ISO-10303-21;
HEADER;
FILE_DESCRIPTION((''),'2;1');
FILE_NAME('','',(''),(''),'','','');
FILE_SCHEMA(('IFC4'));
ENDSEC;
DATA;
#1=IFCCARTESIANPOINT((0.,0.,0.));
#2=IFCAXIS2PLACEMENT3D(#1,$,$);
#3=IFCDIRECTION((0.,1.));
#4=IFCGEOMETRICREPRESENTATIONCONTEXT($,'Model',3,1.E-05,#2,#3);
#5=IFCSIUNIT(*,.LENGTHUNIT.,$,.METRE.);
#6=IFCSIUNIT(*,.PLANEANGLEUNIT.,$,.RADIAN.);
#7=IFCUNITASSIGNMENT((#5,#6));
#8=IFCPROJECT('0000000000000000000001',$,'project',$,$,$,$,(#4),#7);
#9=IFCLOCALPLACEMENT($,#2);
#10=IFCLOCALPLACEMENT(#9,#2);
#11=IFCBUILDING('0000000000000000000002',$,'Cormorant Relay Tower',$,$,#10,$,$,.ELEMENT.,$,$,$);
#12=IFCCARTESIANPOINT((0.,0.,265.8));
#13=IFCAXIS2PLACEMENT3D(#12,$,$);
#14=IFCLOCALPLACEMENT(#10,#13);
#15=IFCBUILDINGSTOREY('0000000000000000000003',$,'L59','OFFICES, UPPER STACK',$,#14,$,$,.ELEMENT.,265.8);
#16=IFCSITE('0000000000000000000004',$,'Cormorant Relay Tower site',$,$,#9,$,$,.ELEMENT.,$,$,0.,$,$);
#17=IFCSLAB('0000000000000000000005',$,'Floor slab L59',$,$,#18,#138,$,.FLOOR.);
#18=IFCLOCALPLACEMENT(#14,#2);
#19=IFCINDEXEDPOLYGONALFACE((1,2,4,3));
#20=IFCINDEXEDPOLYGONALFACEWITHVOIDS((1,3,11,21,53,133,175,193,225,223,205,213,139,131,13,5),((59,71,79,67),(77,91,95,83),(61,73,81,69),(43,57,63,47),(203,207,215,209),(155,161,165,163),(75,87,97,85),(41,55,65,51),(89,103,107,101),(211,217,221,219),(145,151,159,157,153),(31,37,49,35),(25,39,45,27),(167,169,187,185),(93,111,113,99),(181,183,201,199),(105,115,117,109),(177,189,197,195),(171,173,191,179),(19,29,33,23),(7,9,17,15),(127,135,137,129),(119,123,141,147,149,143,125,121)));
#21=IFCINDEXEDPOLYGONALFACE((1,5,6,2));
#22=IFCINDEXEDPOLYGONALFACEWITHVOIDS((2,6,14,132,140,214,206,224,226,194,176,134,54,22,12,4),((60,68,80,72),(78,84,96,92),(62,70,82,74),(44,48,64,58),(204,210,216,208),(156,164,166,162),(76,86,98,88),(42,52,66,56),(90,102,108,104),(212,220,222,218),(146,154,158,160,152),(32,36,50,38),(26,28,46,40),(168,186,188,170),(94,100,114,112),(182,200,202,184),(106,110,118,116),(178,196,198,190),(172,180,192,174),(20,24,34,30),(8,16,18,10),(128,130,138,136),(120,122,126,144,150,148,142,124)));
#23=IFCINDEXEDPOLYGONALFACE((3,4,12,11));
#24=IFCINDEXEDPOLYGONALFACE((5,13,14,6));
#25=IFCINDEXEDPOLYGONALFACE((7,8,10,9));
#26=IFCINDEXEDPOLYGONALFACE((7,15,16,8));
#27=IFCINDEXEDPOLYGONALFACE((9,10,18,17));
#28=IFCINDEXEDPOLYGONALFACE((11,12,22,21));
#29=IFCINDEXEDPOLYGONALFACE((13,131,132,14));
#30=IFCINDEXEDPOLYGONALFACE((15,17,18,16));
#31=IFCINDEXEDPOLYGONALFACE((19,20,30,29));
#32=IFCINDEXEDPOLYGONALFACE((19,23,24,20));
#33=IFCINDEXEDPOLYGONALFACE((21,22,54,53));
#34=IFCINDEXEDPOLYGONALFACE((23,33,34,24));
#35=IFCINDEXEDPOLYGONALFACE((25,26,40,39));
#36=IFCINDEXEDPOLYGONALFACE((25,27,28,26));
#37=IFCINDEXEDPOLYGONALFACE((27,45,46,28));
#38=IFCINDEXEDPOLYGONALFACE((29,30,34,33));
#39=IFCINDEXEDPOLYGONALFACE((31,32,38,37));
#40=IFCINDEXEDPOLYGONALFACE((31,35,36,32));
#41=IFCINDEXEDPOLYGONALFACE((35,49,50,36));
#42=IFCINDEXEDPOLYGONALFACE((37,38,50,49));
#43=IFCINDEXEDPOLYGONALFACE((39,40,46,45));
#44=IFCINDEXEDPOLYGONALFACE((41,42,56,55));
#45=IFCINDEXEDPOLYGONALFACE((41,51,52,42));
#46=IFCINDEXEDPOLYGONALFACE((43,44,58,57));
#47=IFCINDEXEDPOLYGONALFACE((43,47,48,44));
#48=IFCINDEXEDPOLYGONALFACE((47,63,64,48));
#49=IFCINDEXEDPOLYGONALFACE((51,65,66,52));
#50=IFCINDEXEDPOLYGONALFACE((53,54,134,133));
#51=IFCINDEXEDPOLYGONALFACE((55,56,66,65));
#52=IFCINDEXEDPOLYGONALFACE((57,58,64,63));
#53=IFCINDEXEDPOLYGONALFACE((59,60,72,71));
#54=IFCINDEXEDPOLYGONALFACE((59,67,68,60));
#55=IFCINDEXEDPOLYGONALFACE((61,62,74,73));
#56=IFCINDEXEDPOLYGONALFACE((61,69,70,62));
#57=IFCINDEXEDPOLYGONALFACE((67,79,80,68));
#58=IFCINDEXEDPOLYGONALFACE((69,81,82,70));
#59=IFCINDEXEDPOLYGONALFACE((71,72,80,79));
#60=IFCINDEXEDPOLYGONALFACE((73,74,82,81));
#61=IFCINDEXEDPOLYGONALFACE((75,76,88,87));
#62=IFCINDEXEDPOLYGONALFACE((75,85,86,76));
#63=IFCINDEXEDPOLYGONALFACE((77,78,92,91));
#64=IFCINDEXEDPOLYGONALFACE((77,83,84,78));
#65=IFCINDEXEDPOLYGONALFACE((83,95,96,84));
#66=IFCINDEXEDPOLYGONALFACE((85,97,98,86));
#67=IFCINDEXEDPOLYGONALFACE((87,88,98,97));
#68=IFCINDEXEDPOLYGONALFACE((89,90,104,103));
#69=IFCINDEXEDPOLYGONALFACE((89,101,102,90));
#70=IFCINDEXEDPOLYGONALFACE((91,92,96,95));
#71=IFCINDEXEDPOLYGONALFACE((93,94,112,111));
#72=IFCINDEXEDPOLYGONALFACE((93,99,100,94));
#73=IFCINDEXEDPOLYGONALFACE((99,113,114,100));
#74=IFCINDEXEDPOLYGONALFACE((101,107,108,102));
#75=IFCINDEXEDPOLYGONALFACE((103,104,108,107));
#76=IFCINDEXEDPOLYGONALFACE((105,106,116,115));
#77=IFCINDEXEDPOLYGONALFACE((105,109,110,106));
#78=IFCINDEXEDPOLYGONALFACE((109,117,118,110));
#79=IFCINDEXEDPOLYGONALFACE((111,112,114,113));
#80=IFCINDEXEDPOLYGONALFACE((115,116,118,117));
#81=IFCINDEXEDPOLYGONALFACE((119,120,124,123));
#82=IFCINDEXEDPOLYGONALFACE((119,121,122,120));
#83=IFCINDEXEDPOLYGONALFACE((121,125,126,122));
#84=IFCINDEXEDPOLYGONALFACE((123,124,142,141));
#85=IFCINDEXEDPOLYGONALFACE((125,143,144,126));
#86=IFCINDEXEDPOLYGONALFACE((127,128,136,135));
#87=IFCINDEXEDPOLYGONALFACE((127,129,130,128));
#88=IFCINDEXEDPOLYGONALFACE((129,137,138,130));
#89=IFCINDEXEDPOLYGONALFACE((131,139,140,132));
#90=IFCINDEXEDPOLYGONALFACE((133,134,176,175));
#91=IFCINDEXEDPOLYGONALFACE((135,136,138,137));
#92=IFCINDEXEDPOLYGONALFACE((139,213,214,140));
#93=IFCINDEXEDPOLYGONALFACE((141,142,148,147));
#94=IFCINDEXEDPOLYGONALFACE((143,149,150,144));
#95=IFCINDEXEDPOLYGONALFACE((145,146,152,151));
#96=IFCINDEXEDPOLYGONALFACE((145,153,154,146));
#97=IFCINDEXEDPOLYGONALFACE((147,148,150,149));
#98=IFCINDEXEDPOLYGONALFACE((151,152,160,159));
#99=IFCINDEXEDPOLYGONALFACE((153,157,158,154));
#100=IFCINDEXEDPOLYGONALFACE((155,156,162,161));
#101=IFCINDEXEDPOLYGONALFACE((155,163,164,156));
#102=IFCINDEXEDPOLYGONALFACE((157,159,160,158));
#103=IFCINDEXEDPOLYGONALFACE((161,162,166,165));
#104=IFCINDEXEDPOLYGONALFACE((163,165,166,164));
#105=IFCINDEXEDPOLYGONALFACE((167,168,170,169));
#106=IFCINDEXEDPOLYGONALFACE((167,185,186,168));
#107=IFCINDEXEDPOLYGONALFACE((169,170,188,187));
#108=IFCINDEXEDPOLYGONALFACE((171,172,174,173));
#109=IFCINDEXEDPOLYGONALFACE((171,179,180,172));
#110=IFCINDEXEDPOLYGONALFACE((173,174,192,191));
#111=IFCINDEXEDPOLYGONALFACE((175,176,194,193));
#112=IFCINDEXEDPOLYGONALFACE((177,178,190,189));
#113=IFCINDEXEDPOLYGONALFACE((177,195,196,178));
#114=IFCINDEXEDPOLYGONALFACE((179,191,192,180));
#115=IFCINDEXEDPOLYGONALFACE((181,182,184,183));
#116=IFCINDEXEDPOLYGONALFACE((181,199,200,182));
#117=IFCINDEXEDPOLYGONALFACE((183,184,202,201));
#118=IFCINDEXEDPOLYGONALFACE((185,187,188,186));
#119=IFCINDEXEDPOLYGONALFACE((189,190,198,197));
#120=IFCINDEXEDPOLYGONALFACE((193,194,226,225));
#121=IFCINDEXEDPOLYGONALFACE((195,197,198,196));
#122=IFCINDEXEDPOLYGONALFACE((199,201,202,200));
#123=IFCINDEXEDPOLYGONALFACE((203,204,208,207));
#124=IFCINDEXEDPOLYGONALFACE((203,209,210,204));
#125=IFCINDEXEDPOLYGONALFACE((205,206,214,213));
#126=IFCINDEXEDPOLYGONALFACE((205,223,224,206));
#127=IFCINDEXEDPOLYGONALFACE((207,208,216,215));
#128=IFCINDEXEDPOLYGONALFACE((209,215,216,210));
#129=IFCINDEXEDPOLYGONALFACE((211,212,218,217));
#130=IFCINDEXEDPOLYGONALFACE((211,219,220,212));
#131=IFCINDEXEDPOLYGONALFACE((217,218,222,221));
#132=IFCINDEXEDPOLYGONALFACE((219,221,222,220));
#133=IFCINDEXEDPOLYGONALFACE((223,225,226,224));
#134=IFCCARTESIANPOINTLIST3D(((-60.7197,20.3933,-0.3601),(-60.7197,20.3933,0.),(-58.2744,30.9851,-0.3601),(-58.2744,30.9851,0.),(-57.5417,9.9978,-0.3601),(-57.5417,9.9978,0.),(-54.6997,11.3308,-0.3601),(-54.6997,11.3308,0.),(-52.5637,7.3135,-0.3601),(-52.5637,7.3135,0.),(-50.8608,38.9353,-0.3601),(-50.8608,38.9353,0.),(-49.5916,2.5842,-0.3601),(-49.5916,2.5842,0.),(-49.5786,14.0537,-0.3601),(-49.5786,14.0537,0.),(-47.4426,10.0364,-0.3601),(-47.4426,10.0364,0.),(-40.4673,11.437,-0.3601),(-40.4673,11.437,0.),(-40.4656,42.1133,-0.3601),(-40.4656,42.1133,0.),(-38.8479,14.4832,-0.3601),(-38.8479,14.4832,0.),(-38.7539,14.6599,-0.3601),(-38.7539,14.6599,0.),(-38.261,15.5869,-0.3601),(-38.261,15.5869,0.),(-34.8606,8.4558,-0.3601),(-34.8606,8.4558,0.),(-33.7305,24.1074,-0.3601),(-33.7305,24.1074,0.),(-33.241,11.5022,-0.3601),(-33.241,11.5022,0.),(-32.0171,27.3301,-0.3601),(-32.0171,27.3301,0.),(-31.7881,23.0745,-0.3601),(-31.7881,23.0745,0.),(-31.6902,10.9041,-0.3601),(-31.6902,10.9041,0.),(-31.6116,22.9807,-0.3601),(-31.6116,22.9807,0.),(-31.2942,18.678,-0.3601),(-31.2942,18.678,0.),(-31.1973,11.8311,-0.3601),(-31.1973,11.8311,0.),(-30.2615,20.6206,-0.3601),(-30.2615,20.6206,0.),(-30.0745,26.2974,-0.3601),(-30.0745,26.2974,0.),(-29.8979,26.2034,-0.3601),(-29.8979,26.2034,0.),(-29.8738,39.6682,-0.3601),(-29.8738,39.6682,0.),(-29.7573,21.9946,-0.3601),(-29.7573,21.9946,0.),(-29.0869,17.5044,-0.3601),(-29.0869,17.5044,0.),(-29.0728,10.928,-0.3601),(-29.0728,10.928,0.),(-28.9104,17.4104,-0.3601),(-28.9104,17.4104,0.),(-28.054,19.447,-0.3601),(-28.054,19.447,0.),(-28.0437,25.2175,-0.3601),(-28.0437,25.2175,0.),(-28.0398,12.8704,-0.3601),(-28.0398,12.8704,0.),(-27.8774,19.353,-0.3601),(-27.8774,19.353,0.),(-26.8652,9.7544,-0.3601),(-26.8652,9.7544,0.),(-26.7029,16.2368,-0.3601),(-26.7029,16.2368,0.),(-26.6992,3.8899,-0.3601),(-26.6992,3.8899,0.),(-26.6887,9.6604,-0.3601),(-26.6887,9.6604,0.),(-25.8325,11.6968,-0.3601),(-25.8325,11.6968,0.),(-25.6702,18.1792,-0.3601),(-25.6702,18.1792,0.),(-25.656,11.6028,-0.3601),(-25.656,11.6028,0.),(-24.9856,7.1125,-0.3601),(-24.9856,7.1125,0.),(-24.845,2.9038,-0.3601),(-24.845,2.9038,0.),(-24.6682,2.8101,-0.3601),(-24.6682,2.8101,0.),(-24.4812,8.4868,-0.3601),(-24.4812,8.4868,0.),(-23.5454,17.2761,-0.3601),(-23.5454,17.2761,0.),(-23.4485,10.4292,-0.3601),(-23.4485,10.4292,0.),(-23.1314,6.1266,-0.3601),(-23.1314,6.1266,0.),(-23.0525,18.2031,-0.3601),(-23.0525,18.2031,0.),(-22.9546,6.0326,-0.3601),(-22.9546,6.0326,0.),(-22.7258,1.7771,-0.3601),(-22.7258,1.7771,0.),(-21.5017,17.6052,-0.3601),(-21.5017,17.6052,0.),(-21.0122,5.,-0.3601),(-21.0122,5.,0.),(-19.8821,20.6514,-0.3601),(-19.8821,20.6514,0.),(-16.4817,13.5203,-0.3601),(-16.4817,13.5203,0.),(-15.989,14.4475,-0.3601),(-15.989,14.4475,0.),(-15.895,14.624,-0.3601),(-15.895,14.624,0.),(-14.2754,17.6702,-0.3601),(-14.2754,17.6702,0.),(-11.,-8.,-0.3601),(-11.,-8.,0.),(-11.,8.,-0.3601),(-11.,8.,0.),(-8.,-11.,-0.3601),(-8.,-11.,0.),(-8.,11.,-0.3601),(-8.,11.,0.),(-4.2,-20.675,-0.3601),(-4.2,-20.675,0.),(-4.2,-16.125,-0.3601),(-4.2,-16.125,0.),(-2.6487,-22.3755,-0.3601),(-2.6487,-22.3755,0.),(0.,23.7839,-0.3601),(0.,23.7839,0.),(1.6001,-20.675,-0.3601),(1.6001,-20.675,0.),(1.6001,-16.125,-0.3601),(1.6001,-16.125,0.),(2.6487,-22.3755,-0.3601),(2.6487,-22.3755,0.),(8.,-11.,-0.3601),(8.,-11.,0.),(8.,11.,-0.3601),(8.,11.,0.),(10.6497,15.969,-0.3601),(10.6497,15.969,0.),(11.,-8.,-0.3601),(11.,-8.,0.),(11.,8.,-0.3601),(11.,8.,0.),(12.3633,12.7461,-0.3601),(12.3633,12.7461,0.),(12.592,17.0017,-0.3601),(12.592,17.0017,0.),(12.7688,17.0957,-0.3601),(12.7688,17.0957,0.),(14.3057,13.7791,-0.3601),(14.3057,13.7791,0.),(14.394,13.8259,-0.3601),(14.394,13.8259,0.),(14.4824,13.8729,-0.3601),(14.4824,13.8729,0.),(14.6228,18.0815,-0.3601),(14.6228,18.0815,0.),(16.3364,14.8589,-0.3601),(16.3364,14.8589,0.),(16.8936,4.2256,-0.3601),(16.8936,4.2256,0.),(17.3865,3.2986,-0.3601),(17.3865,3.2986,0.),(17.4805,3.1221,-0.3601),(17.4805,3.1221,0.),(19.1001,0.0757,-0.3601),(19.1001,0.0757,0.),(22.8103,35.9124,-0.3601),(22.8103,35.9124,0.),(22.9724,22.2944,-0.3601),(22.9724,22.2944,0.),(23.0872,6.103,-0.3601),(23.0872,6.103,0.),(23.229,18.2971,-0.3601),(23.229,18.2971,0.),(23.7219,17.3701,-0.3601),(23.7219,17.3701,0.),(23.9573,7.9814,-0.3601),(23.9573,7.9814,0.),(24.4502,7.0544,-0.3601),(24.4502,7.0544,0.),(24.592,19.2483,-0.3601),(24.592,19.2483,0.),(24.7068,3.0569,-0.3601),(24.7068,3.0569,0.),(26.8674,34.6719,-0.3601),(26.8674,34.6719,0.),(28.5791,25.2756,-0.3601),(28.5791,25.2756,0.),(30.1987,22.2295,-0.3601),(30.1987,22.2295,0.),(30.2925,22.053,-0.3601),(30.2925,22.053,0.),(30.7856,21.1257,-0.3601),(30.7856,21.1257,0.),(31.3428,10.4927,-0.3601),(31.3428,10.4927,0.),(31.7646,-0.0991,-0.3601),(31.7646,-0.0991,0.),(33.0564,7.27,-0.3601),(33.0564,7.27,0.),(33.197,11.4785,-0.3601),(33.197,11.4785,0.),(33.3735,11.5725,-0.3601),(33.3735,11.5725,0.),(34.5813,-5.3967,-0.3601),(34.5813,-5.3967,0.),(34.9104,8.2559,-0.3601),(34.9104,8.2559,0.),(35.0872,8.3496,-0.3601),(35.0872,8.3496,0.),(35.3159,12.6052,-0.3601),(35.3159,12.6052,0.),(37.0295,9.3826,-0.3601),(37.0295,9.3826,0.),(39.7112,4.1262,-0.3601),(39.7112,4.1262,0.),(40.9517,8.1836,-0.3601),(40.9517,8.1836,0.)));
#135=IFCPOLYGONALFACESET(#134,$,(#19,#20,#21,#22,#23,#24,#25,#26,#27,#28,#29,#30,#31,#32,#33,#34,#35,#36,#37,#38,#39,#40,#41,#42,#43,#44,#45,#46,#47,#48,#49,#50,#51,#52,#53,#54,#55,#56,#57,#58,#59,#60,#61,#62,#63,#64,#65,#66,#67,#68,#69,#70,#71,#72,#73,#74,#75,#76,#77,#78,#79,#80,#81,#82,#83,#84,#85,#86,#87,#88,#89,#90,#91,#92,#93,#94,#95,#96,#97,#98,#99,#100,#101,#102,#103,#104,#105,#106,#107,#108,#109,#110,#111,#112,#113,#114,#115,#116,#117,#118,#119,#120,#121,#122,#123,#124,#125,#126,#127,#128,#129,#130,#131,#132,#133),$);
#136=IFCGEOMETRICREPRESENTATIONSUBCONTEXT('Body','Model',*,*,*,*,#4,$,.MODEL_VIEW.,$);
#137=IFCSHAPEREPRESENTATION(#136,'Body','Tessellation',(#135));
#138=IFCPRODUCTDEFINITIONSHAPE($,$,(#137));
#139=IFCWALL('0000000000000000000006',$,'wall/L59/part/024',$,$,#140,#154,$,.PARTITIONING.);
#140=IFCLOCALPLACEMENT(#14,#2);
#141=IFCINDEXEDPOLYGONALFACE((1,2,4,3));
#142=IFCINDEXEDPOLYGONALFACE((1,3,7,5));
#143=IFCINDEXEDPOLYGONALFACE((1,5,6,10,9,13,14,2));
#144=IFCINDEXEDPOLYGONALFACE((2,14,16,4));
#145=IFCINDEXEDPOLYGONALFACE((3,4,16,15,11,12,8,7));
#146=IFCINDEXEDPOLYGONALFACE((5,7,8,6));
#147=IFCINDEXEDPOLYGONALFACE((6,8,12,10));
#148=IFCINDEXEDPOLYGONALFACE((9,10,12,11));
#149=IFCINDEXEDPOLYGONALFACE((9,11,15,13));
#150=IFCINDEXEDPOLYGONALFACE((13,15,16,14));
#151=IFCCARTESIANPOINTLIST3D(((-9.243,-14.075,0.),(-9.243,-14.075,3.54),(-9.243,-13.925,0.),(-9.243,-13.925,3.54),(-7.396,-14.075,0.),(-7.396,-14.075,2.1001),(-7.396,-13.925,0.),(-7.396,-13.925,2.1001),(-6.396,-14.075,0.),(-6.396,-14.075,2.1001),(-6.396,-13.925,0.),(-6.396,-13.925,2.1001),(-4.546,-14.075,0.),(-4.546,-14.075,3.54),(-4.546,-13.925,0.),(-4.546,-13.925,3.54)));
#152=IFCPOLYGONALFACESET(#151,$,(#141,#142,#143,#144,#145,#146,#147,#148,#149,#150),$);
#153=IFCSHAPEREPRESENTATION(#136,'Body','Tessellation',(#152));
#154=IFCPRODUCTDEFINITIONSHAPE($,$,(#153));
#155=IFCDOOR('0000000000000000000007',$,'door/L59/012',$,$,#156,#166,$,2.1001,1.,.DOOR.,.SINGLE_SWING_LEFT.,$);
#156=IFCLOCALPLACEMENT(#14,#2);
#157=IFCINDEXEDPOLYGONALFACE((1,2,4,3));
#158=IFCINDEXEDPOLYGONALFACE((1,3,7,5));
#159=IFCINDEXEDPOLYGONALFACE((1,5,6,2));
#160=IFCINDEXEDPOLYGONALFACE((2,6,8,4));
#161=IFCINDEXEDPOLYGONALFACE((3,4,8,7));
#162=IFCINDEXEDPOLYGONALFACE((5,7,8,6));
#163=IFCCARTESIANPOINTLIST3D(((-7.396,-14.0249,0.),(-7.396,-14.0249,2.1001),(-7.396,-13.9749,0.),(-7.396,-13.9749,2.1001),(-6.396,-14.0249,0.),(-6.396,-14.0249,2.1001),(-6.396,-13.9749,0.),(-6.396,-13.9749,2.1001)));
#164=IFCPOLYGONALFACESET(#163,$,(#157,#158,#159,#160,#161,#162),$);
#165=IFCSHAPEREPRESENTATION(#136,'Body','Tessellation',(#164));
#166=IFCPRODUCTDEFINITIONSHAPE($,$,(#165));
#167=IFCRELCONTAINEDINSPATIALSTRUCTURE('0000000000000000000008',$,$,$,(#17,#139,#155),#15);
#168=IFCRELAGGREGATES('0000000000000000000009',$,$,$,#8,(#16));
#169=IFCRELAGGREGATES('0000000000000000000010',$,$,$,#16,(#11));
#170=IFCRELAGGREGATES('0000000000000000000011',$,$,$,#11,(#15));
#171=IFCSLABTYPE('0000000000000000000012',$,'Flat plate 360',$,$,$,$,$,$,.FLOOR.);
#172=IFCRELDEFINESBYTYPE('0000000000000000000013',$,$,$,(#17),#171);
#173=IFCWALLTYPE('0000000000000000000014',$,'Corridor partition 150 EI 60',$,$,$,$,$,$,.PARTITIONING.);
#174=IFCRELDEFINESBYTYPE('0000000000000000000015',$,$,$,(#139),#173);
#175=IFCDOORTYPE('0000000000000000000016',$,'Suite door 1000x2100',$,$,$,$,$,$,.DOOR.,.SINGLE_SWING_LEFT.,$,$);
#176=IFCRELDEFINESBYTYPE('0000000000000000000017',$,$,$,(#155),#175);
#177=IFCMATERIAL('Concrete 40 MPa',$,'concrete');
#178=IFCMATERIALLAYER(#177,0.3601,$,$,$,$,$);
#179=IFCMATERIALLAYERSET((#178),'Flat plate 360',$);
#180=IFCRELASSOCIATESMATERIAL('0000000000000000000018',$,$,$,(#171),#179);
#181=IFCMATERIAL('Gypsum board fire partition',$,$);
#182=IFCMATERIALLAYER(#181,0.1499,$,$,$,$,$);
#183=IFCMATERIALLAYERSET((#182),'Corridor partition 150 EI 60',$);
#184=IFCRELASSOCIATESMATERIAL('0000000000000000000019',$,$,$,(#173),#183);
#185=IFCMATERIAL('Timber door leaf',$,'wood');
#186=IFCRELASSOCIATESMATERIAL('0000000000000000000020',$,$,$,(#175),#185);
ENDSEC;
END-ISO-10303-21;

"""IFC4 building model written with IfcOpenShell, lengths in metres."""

from ifc_helpers import new_model, si_unit, direction, frame, frame_2d, origin, place, context, subcontext, project, spatial, polyline, rectangle, outline, extrude, material, layer, layer_set, type_object, element, fill, save


model = new_model("IFC4")

# Units and contexts
model_context = context("Model", 3, precision=1e-05, world=origin(), true_north=direction((0.0, 1.0)))
body_context = subcontext(model_context, "Body", "Model", "MODEL_VIEW")
ifc_project = project(units=[si_unit("LENGTHUNIT", "METRE"), si_unit("PLANEANGLEUNIT", "RADIAN")], contexts=[model_context])

# Site, building, storey
site_placement = place(None, origin())
site = spatial("IfcSite", under=ifc_project, at=site_placement, Name="Cormorant Relay Tower site", CompositionType="ELEMENT", RefElevation=0.0)
building_placement = place(site_placement, origin())
building = spatial("IfcBuilding", under=site, at=building_placement, Name="Cormorant Relay Tower", CompositionType="ELEMENT")
storey_placement = place(building_placement, frame((0.0, 0.0, 265.8)))
storey = spatial("IfcBuildingStorey", under=building, at=storey_placement, Name="L59", Description="OFFICES, UPPER STACK", CompositionType="ELEMENT", Elevation=265.8)

# Slab
ifc_material_1 = material(Name="Concrete 40 MPa", Category="concrete")
ifc_layer_1 = layer(ifc_material_1, 0.3601)
ifc_layer_set_1 = layer_set([ifc_layer_1], Name="Flat plate 360")
slab_type_1 = type_object("IfcSlabType", Name="Flat plate 360", PredefinedType="FLOOR", material=ifc_layer_set_1)
slab_1_placement = place(storey_placement, frame((0.0, 0.0, -0.3601)))
element("IfcSlab", 1, at=slab_1_placement, inside=storey, type_object=slab_type_1, Name="Floor slab L59", PredefinedType="FLOOR", context=body_context, shape_type="SweptSolid", body=[
    extrude(outline(polyline([(-60.7197, 20.3933), (-58.2744, 30.9851), (-50.8608, 38.9353), (-40.4656, 42.1133), (-29.8738, 39.6682), (0.0, 23.7839), (22.8103, 35.9124), (26.8674, 34.6719), (40.9517, 8.1836), (39.7112, 4.1262), (31.7646, -0.0991), (34.5813, -5.3967), (2.6487, -22.3755), (-2.6487, -22.3755), (-49.5916, 2.5842), (-57.5417, 9.9978), (-60.7197, 20.3933)]), holes=[polyline([(11.0, -8.0), (11.0, 8.0), (8.0, 11.0), (-8.0, 11.0), (-11.0, 8.0), (-11.0, -8.0), (-8.0, -11.0), (8.0, -11.0), (11.0, -8.0)]), polyline([(-22.9546, 6.0327), (-24.6682, 2.8101), (-22.7258, 1.7771), (-21.0122, 5.0), (-23.043, 6.0796), (-22.9546, 6.0327)]), polyline([(-24.9856, 7.1125), (-26.6992, 3.8899), (-24.845, 2.9038), (-23.1313, 6.1267), (-23.043, 6.0796), (-24.9856, 7.1125)]), polyline([(-26.6887, 9.6604), (-24.4812, 8.4868), (-23.4485, 10.4292), (-25.656, 11.6028), (-26.6887, 9.6604)]), polyline([(-49.5786, 14.0537), (-54.6997, 11.3308), (-52.5637, 7.3135), (-47.4426, 10.0364), (-49.5786, 14.0537)]), polyline([(-29.0728, 10.928), (-26.8652, 9.7544), (-25.8325, 11.6968), (-28.0398, 12.8704), (-29.0728, 10.928)]), polyline([(-38.8479, 14.4832), (-40.4673, 11.437), (-34.8606, 8.4558), (-33.241, 11.5022), (-38.8479, 14.4832)]), polyline([(-38.261, 15.5869), (-38.7539, 14.6599), (-31.6902, 10.9041), (-31.1973, 11.8311), (-38.261, 15.5869)]), polyline([(-25.6702, 18.1792), (-27.8774, 19.353), (-28.9104, 17.4104), (-26.7029, 16.2368), (-25.6702, 18.1792)]), polyline([(-30.2615, 20.6206), (-31.2942, 18.678), (-29.0869, 17.5044), (-28.054, 19.447), (-30.2615, 20.6206)]), polyline([(-31.6116, 22.9807), (-29.7573, 21.9946), (-28.0437, 25.2175), (-29.8979, 26.2034), (-31.6116, 22.9807)]), polyline([(-32.0171, 27.3301), (-33.7305, 24.1074), (-31.7881, 23.0745), (-30.0745, 26.2974), (-32.0171, 27.3301)]), polyline([(-4.2, -16.125), (-4.2, -20.675), (1.6001, -20.675), (1.6001, -16.125), (-4.2, -16.125)]), polyline([(17.4805, 3.1221), (19.1001, 0.0757), (24.7068, 3.0569), (23.0872, 6.103), (17.4805, 3.1221)]), polyline([(17.3865, 3.2986), (24.4502, 7.0544), (23.9573, 7.9814), (16.8936, 4.2256), (17.3865, 3.2986)]), polyline([(33.197, 11.4785), (31.3428, 10.4927), (33.0564, 7.27), (34.9104, 8.2559), (33.197, 11.4785)]), polyline([(33.3735, 11.5725), (35.0872, 8.3496), (37.0295, 9.3826), (35.3159, 12.6052), (33.3735, 11.5725)]), polyline([(14.3057, 13.7791), (12.592, 17.0017), (10.6497, 15.969), (12.3633, 12.7461), (14.394, 13.8259), (14.3057, 13.7791)]), polyline([(16.3364, 14.8589), (14.6228, 18.0815), (12.7688, 17.0957), (14.4824, 13.8728), (14.394, 13.8259), (16.3364, 14.8589)]), polyline([(-16.4817, 13.5203), (-15.989, 14.4475), (-23.0525, 18.2031), (-23.5454, 17.2761), (-16.4817, 13.5203)]), polyline([(-15.895, 14.624), (-14.2754, 17.6702), (-19.8821, 20.6514), (-21.5017, 17.6052), (-15.895, 14.624)]), polyline([(30.7856, 21.1257), (30.2925, 22.053), (23.229, 18.2971), (23.7219, 17.3701), (30.7856, 21.1257)]), polyline([(24.592, 19.2483), (30.1987, 22.2295), (28.5791, 25.2756), (22.9724, 22.2944), (24.592, 19.2483)])]), origin(), (0.0, 0.0, 1.0), 0.3601),
])

# Wall, opening, door
ifc_material_2 = material(Name="Gypsum board fire partition")
ifc_layer_2 = layer(ifc_material_2, 0.1499)
ifc_layer_set_2 = layer_set([ifc_layer_2], Name="Corridor partition 150 EI 60")
wall_type_1 = type_object("IfcWallType", Name="Corridor partition 150 EI 60", PredefinedType="PARTITIONING", material=ifc_layer_set_2)
wall_1_placement = place(storey_placement, frame((-4.5459, -14.0, 0.0), z_axis=(0.0, 0.0, 1.0), x_axis=(-1.0, 0.0, 0.0)))
wall_1 = element("IfcWall", 2, at=wall_1_placement, inside=storey, type_object=wall_type_1, Name="wall/L59/part/024", PredefinedType="PARTITIONING", context=body_context, shape_type="SweptSolid", body=[
    extrude(rectangle(XDim=4.697, YDim=0.1499, at=frame_2d((2.3486, 0.0))), origin(), (0.0, 0.0, 1.0), 3.54),
])
opening_1_placement = place(wall_1_placement, frame((1.8501, 0.0, 0.0)))
opening_1 = element("IfcOpeningElement", 3, at=opening_1_placement, cuts=wall_1, PredefinedType="OPENING", context=body_context, shape_type="SweptSolid", body=[
    extrude(rectangle(XDim=1.0, YDim=2.1001, at=frame_2d((0.5, 1.05))), frame((0.0, 0.085, 0.0), z_axis=(0.0, -1.0, 0.0), x_axis=(1.0, 0.0, 0.0)), (0.0, 0.0, 1.0), 0.1699),
])
ifc_material_3 = material(Name="Timber door leaf", Category="wood")
door_type_1 = type_object("IfcDoorType", Name="Suite door 1000x2100", OperationType="SINGLE_SWING_LEFT", PredefinedType="DOOR", material=ifc_material_3)
door_1_placement = place(opening_1_placement, origin())
door_1 = element("IfcDoor", 4, at=door_1_placement, inside=storey, type_object=door_type_1, Name="door/L59/012", OperationType="SINGLE_SWING_LEFT", OverallHeight=2.1001, OverallWidth=1.0, PredefinedType="DOOR", context=body_context, shape_type="SweptSolid", body=[
    extrude(rectangle(XDim=1.0, YDim=2.1001, at=frame_2d((0.5, 1.05))), frame((0.0, 0.0249, 0.0), z_axis=(0.0, -1.0, 0.0), x_axis=(1.0, 0.0, 0.0)), (0.0, 0.0, 1.0), 0.05),
])
fill(opening_1, door_1)

save(model, "model.ifc")
